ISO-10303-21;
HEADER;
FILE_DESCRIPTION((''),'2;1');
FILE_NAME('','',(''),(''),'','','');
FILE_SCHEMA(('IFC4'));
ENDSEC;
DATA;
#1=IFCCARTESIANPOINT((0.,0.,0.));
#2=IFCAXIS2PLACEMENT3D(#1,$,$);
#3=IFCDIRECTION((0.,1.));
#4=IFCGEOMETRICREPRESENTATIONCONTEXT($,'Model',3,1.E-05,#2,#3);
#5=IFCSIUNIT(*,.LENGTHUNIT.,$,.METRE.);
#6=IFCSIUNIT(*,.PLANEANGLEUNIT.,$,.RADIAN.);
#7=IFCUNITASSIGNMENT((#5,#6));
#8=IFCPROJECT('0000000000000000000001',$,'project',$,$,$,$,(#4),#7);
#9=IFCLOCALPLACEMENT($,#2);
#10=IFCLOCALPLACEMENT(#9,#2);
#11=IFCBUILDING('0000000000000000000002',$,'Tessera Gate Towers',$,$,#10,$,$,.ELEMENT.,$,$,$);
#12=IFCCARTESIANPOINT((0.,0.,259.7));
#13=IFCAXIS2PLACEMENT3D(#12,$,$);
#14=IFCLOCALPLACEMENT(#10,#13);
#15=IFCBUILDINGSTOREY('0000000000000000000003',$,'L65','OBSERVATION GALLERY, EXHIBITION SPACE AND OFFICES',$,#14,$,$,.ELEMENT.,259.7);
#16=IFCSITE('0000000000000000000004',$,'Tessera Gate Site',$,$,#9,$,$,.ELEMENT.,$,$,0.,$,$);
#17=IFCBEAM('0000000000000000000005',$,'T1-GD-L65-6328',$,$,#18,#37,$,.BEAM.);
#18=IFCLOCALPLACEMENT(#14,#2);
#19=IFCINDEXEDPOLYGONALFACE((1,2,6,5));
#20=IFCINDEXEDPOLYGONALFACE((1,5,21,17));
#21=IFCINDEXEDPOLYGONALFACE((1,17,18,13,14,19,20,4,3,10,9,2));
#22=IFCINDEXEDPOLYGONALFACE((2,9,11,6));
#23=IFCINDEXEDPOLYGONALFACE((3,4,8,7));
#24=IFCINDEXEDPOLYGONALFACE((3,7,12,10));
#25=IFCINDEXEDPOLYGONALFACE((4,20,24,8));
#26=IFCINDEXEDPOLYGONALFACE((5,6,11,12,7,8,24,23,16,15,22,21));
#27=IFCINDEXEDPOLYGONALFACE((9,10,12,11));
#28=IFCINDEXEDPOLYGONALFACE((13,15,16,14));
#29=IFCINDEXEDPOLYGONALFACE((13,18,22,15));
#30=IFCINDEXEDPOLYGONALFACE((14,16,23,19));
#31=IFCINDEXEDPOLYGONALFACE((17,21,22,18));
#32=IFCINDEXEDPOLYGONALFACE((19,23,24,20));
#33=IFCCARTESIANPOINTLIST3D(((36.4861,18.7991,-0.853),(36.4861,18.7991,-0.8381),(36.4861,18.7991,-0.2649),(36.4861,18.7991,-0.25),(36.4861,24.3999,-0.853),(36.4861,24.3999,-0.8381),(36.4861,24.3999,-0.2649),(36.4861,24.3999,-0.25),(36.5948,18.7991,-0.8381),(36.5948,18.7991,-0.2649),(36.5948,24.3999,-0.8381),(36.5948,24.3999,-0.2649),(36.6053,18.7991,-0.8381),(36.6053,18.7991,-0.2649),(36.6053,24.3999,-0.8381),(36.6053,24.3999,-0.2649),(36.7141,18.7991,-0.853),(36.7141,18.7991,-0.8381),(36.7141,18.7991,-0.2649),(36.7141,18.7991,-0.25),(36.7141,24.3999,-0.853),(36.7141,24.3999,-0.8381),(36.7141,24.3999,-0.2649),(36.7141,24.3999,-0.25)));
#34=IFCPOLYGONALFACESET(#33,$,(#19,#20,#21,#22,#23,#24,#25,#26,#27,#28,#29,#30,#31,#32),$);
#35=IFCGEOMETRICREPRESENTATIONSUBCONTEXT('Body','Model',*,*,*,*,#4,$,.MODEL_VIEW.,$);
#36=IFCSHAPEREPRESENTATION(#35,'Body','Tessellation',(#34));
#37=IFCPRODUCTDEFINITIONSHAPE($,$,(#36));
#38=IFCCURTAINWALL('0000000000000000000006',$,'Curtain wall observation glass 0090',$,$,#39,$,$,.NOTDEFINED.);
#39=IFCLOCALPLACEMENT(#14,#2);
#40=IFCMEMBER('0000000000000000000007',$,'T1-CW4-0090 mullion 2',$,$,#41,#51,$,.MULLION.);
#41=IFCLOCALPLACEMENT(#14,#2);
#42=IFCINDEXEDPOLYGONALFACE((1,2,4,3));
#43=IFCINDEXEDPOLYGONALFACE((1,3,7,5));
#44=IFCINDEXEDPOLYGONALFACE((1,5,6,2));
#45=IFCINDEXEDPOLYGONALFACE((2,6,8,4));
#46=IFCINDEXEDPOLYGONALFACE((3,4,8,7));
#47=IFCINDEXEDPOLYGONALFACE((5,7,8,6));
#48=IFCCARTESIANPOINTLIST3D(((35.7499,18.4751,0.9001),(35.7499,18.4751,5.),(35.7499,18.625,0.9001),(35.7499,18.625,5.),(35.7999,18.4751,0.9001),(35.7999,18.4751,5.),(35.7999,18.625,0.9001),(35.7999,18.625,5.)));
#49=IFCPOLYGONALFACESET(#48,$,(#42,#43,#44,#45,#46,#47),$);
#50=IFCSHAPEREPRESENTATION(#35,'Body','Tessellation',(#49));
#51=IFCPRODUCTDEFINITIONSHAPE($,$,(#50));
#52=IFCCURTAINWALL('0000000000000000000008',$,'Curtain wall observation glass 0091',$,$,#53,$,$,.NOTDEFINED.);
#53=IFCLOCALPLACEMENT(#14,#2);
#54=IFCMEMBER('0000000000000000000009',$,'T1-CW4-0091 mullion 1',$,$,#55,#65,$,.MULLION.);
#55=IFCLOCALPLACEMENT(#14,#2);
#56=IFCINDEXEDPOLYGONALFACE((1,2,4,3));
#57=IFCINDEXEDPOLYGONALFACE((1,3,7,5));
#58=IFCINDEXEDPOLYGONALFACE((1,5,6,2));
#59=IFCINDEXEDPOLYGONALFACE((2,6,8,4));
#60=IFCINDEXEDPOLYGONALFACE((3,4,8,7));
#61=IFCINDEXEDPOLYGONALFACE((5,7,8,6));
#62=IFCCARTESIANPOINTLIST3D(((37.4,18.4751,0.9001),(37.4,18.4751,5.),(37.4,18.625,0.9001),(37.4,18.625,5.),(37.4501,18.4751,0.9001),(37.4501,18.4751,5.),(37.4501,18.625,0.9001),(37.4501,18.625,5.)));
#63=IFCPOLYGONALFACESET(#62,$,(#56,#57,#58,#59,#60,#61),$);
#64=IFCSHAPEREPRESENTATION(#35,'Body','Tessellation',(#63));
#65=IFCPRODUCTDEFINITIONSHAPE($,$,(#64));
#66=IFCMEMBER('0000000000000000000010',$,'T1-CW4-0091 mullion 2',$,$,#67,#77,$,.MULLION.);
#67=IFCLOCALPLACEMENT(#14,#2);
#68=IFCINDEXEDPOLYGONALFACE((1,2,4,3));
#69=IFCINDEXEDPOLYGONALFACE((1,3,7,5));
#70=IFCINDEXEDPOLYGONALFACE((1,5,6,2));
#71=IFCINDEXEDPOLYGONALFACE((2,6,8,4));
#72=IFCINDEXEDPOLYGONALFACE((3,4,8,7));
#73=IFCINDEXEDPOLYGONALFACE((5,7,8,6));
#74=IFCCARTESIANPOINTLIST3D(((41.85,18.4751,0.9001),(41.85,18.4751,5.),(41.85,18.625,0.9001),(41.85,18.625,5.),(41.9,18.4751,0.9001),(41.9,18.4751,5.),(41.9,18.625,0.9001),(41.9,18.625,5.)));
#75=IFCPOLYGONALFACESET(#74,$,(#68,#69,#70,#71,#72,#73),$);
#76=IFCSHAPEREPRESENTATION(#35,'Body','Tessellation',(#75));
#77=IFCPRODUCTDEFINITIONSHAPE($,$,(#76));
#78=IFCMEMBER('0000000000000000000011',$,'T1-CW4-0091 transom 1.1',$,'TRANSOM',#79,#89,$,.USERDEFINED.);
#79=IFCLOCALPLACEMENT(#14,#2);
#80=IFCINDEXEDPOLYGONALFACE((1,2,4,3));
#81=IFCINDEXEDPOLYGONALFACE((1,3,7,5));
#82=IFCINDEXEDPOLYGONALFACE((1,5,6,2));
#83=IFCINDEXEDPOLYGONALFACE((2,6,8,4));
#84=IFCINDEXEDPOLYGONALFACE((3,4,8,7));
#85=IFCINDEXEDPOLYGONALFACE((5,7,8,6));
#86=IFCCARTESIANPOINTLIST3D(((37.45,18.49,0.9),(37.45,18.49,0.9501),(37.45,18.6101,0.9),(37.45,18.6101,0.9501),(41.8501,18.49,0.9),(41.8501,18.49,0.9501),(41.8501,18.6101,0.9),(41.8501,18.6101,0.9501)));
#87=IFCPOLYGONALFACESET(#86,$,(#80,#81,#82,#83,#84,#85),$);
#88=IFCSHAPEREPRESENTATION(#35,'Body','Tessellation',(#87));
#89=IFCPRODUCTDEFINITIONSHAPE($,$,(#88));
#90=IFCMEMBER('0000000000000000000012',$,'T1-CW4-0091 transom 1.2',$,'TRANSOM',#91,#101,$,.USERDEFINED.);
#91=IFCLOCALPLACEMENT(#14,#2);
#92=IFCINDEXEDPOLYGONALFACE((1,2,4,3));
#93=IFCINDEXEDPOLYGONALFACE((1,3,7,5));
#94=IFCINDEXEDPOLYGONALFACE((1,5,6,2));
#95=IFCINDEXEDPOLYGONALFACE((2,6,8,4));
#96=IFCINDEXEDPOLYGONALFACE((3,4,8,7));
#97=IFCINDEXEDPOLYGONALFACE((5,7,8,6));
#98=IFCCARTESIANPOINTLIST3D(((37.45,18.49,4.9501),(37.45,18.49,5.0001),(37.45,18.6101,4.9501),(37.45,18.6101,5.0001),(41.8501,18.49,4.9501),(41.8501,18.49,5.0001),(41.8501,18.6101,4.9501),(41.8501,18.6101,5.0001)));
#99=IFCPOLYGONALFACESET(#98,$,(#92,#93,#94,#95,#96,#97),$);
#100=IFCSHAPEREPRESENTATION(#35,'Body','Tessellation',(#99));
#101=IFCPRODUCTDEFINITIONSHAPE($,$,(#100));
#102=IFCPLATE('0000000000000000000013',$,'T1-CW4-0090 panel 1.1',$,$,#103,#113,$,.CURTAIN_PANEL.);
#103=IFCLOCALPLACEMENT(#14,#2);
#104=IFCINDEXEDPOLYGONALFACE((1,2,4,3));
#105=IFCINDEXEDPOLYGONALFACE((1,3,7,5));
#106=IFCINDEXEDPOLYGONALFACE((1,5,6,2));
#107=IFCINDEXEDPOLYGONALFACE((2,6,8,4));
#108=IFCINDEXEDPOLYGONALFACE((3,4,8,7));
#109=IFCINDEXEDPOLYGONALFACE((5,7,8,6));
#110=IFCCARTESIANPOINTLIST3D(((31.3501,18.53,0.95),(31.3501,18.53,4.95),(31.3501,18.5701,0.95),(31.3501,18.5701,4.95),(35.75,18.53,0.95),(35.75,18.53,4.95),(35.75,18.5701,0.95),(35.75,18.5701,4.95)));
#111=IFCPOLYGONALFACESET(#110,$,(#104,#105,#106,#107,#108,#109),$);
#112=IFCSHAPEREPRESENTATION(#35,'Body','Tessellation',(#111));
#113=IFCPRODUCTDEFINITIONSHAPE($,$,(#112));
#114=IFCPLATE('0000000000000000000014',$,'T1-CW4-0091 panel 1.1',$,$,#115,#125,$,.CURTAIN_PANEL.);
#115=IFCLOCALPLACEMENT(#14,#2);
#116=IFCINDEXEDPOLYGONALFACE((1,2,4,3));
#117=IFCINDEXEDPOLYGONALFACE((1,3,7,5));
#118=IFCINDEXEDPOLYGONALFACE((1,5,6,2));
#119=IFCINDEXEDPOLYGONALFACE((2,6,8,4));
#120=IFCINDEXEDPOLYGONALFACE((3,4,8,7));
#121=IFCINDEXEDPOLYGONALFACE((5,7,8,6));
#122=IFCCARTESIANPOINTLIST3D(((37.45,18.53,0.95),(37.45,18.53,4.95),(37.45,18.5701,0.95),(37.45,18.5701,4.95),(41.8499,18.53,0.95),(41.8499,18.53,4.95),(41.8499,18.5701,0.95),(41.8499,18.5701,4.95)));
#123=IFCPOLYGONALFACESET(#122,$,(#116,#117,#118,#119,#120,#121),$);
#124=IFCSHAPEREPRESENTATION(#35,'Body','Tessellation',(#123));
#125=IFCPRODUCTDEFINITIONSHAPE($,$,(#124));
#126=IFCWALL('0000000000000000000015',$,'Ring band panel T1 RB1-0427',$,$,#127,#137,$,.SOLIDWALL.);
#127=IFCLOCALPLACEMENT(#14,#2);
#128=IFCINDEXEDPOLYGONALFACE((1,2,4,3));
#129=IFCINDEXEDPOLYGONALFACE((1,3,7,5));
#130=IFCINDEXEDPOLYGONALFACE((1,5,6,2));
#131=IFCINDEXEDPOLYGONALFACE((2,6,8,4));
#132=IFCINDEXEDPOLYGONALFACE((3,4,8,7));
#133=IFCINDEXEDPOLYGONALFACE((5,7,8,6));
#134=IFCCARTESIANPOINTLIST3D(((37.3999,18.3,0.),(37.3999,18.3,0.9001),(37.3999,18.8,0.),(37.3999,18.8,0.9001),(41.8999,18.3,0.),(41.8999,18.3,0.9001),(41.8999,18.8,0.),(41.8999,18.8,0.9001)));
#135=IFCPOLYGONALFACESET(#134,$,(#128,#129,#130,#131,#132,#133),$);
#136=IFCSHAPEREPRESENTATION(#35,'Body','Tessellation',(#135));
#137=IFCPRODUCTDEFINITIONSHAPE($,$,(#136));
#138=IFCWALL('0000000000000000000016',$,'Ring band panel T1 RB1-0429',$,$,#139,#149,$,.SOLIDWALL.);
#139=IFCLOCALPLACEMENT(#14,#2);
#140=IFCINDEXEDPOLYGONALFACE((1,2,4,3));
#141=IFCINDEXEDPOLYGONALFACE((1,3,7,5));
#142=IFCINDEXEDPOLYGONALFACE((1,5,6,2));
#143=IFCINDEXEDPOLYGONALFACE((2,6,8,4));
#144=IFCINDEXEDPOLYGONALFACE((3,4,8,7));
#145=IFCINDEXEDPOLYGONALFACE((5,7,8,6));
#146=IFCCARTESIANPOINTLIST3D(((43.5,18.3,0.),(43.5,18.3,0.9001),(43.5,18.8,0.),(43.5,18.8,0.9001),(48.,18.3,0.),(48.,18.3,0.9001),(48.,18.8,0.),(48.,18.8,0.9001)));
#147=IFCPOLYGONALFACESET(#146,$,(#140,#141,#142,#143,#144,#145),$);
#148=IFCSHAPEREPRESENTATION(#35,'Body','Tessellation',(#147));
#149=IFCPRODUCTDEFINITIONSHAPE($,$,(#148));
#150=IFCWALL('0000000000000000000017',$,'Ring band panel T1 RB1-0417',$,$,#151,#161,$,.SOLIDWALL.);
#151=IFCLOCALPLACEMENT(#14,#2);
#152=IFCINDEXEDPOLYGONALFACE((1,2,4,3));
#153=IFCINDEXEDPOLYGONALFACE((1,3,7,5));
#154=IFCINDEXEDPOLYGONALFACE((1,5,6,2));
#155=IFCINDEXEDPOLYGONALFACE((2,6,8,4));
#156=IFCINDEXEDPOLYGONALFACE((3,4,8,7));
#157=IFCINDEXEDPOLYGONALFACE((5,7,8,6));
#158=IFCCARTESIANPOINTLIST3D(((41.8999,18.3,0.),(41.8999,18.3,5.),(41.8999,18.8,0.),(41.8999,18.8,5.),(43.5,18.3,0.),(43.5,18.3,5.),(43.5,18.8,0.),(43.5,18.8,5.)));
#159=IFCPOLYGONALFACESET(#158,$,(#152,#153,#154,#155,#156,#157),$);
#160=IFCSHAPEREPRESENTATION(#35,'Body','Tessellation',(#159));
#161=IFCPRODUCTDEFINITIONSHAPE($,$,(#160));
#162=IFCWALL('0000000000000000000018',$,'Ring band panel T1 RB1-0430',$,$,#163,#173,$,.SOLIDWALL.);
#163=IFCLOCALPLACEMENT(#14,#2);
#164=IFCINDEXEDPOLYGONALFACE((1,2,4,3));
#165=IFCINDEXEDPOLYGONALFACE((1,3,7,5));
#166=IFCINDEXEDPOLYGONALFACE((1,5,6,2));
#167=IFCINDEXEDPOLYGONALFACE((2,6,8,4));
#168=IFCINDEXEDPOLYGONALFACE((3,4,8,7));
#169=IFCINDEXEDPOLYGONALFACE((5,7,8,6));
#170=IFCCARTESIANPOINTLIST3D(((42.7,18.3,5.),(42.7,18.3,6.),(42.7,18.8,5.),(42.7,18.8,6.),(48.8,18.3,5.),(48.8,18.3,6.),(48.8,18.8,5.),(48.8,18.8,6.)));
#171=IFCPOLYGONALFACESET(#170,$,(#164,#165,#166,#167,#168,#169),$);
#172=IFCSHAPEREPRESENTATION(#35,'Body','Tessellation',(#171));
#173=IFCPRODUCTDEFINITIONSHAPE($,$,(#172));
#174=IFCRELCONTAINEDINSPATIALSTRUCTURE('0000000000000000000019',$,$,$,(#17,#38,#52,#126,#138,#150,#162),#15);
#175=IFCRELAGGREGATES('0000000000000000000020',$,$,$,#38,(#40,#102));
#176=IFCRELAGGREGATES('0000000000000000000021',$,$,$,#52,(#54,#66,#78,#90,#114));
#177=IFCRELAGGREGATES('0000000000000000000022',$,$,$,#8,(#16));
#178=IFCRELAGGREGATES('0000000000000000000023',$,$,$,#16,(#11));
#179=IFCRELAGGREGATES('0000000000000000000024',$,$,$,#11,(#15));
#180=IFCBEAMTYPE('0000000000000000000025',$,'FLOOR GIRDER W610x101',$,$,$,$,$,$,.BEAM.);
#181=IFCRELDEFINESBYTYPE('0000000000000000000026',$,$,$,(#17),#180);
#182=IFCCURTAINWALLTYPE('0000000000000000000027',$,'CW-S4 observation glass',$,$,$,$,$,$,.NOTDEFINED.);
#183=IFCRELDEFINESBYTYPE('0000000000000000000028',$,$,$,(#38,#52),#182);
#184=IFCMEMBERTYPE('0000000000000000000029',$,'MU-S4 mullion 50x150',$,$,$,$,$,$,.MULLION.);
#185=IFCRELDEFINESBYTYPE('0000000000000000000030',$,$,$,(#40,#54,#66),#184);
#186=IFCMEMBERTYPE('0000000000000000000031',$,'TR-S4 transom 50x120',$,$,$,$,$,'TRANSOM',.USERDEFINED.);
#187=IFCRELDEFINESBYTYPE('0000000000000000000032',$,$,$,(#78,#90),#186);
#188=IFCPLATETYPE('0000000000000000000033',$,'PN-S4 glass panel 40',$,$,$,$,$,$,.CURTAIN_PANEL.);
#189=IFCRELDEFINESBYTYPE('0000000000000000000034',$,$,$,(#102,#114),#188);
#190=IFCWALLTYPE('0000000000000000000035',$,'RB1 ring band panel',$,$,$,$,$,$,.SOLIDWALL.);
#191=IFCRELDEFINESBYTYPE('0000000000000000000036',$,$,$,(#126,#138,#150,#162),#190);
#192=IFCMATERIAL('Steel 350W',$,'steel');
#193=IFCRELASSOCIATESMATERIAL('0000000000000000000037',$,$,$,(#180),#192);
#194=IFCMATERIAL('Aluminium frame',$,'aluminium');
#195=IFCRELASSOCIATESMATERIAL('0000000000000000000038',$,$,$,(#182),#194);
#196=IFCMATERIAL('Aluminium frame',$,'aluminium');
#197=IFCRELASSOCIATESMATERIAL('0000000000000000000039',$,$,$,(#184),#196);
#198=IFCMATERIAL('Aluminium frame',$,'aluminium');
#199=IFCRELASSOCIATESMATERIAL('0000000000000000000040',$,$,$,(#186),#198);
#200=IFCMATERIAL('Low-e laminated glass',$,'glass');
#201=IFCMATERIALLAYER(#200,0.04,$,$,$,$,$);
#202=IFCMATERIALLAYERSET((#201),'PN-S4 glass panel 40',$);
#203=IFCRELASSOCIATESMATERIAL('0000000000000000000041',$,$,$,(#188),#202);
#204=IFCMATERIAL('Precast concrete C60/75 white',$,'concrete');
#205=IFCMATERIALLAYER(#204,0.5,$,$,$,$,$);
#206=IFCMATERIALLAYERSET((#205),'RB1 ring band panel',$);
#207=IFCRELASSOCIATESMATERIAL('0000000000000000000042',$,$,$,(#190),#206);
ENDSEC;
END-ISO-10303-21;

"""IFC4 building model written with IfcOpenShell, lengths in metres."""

from ifc_helpers import new_model, si_unit, direction, frame, origin, origin_2d, place, context, subcontext, project, spatial, polyline, rectangle, i_section, outline, extrude, source, transform, mapped, material, layer, layer_set, material_profile, profile_set, type_object, element, aggregate, save


model = new_model("IFC4")

# Units and contexts
model_context = context("Model", 3, precision=1e-05, world=origin(), true_north=direction((0.0, 1.0)))
body_context = subcontext(model_context, "Body", "Model", "MODEL_VIEW")
ifc_project = project(units=[si_unit("LENGTHUNIT", "METRE"), si_unit("PLANEANGLEUNIT", "RADIAN")], contexts=[model_context])

# Site, building, storey
site_placement = place(None, origin())
site = spatial("IfcSite", under=ifc_project, at=site_placement, Name="Tessera Gate Site", CompositionType="ELEMENT", RefElevation=0.0)
building_placement = place(site_placement, origin())
building = spatial("IfcBuilding", under=site, at=building_placement, Name="Tessera Gate Towers", CompositionType="ELEMENT")
storey_placement = place(building_placement, frame((0.0, 0.0, 259.7)))
storey = spatial("IfcBuildingStorey", under=building, at=storey_placement, Name="L65", Description="OBSERVATION GALLERY, EXHIBITION SPACE AND OFFICES", CompositionType="ELEMENT", Elevation=259.7)

# Beam
ifc_material_1 = material(Name="Steel 350W", Category="steel")
ifc_material_profile_1 = material_profile(ifc_material_1, i_section(OverallWidth=0.228, OverallDepth=0.603, WebThickness=0.0105, FlangeThickness=0.0149, at=origin_2d()), Name="W610x101")
ifc_profile_set_1 = profile_set([ifc_material_profile_1], Name="Steel 350W")
beam_type = type_object("IfcBeamType", Name="FLOOR GIRDER W610x101", PredefinedType="BEAM", material=ifc_profile_set_1)
beam_placement = place(storey_placement, frame((36.6001, 18.7991, -0.5515), z_axis=(0.0, 1.0, 0.0), x_axis=(-1.0, 0.0, 0.0)))
element("IfcBeam", 1, at=beam_placement, inside=storey, type_object=beam_type, Name="T1-GD-L65-6328", PredefinedType="BEAM", context=body_context, shape_type="SweptSolid", body=[
    extrude(i_section(OverallWidth=0.228, OverallDepth=0.603, WebThickness=0.0105, FlangeThickness=0.0149, at=origin_2d()), origin(), (0.0, 0.0, 1.0), 5.6008),
])

# Curtain wall, member
ifc_material_2 = material(Name="Aluminium frame", Category="aluminium")
curtain_wall_type = type_object("IfcCurtainWallType", Name="CW-S4 observation glass", PredefinedType="NOTDEFINED", material=ifc_material_2)
curtain_wall_1_placement = place(storey_placement, origin())
curtain_wall_1 = element("IfcCurtainWall", 2, at=curtain_wall_1_placement, inside=storey, type_object=curtain_wall_type, Name="Curtain wall observation glass 0090", PredefinedType="NOTDEFINED")
ifc_material_3 = material(Name="Aluminium frame", Category="aluminium")
ifc_material_profile_2 = material_profile(ifc_material_3, rectangle(XDim=0.05, YDim=0.1499, at=origin_2d()), Name="AL 50x150")
ifc_profile_set_2 = profile_set([ifc_material_profile_2], Name="Aluminium frame")
member_type_1 = type_object("IfcMemberType", Name="MU-S4 mullion 50x150", PredefinedType="MULLION", material=ifc_profile_set_2)
member_1_placement = place(storey_placement, frame((35.7749, 18.55, 0.9001), z_axis=(0.0, 0.0, 1.0), x_axis=(1.0, 0.0, 0.0)))
member_1 = element("IfcMember", 3, at=member_1_placement, type_object=member_type_1, Name="T1-CW4-0090 mullion 2", PredefinedType="MULLION", context=body_context, shape_type="SweptSolid", body=[
    extrude(rectangle(XDim=0.05, YDim=0.1499, at=origin_2d()), origin(), (0.0, 0.0, 1.0), 4.0999),
])

# Curtain wall, members
curtain_wall_2_placement = place(storey_placement, origin())
curtain_wall_2 = element("IfcCurtainWall", 4, at=curtain_wall_2_placement, inside=storey, type_object=curtain_wall_type, Name="Curtain wall observation glass 0091", PredefinedType="NOTDEFINED")
member_2_placement = place(storey_placement, frame((37.425, 18.55, 0.9001), z_axis=(0.0, 0.0, 1.0), x_axis=(1.0, 0.0, 0.0)))
member_2 = element("IfcMember", 5, at=member_2_placement, type_object=member_type_1, Name="T1-CW4-0091 mullion 1", PredefinedType="MULLION", context=body_context, shape_type="SweptSolid", body=[
    extrude(rectangle(XDim=0.05, YDim=0.1499, at=origin_2d()), origin(), (0.0, 0.0, 1.0), 4.0999),
])
member_3_placement = place(storey_placement, frame((41.875, 18.55, 0.9001), z_axis=(0.0, 0.0, 1.0), x_axis=(1.0, 0.0, 0.0)))
member_3 = element("IfcMember", 6, at=member_3_placement, type_object=member_type_1, Name="T1-CW4-0091 mullion 2", PredefinedType="MULLION", context=body_context, shape_type="SweptSolid", body=[
    extrude(rectangle(XDim=0.05, YDim=0.1499, at=origin_2d()), origin(), (0.0, 0.0, 1.0), 4.0999),
])
ifc_material_4 = material(Name="Aluminium frame", Category="aluminium")
ifc_material_profile_3 = material_profile(ifc_material_4, rectangle(XDim=0.1201, YDim=0.05, at=origin_2d()), Name="AL 50x120")
ifc_profile_set_3 = profile_set([ifc_material_profile_3], Name="Aluminium frame")
member_type_2 = type_object("IfcMemberType", Name="TR-S4 transom 50x120", ElementType="TRANSOM", PredefinedType="USERDEFINED", material=ifc_profile_set_3)
member_4_placement = place(storey_placement, frame((37.45, 18.55, 0.925), z_axis=(1.0, 0.0, 0.0), x_axis=(0.0, 1.0, 0.0)))
member_4 = element("IfcMember", 7, at=member_4_placement, type_object=member_type_2, Name="T1-CW4-0091 transom 1.1", ObjectType="TRANSOM", PredefinedType="USERDEFINED", context=body_context, shape_type="SweptSolid", body=[
    extrude(rectangle(XDim=0.1201, YDim=0.05, at=origin_2d()), origin(), (0.0, 0.0, 1.0), 4.4001),
])
member_5_placement = place(storey_placement, frame((37.45, 18.55, 4.9751), z_axis=(1.0, 0.0, 0.0), x_axis=(0.0, 1.0, 0.0)))
member_5 = element("IfcMember", 8, at=member_5_placement, type_object=member_type_2, Name="T1-CW4-0091 transom 1.2", ObjectType="TRANSOM", PredefinedType="USERDEFINED", context=body_context, shape_type="SweptSolid", body=[
    extrude(rectangle(XDim=0.1201, YDim=0.05, at=origin_2d()), origin(), (0.0, 0.0, 1.0), 4.4001),
])

# Plates
ifc_material_5 = material(Name="Low-e laminated glass", Category="glass")
ifc_layer_1 = layer(ifc_material_5, 0.04)
ifc_layer_set_1 = layer_set([ifc_layer_1], Name="PN-S4 glass panel 40")
plate_type = type_object("IfcPlateType", Name="PN-S4 glass panel 40", PredefinedType="CURTAIN_PANEL", material=ifc_layer_set_1)
plate_1_placement = place(storey_placement, frame((33.55, 18.55, 0.95), z_axis=(0.0, 0.0, 1.0), x_axis=(1.0, 0.0, 0.0)))
plate_1 = element("IfcPlate", 9, at=plate_1_placement, type_object=plate_type, Name="T1-CW4-0090 panel 1.1", PredefinedType="CURTAIN_PANEL", context=body_context, shape_type="SweptSolid", body=[
    extrude(rectangle(XDim=4.3999, YDim=0.04, at=origin_2d()), origin(), (0.0, 0.0, 1.0), 4.0),
])
aggregate(curtain_wall_1, [member_1, plate_1])
plate_2_placement = place(storey_placement, frame((39.6499, 18.55, 0.95), z_axis=(0.0, 0.0, 1.0), x_axis=(1.0, 0.0, 0.0)))
plate_2 = element("IfcPlate", 10, at=plate_2_placement, type_object=plate_type, Name="T1-CW4-0091 panel 1.1", PredefinedType="CURTAIN_PANEL", context=body_context, shape_type="SweptSolid", body=[
    extrude(rectangle(XDim=4.3999, YDim=0.04, at=origin_2d()), origin(), (0.0, 0.0, 1.0), 4.0),
])
aggregate(curtain_wall_2, [member_2, member_3, member_4, member_5, plate_2])

# Walls
ifc_material_6 = material(Name="Precast concrete C60/75 white", Category="concrete")
ifc_layer_2 = layer(ifc_material_6, 0.5)
ifc_layer_set_2 = layer_set([ifc_layer_2], Name="RB1 ring band panel")
wall_type = type_object("IfcWallType", Name="RB1 ring band panel", PredefinedType="SOLIDWALL", material=ifc_layer_set_2)
shared_shape_1 = source(origin(), body_context, "Body", "SweptSolid", [
    extrude(outline(polyline([(0.0, 0.0), (4.5, 0.0), (4.5, 0.9001), (0.0, 0.9001), (0.0, 0.0)])), frame((0.0, 0.25, 0.0), z_axis=(0.0, -1.0, 0.0), x_axis=(1.0, 0.0, 0.0)), (0.0, 0.0, 1.0), 0.5),
])
for number, where, z_axis, x_axis, name in (
    (11, (37.3999, 18.55, 0.0), (0.0, 0.0, 1.0), (1.0, 0.0, 0.0), "Ring band panel T1 RB1-0427"),
    (12, (43.5, 18.55, 0.0), (0.0, 0.0, 1.0), (1.0, 0.0, 0.0), "Ring band panel T1 RB1-0429"),
):
    element("IfcWall", number, at=place(storey_placement, frame(where, z_axis=z_axis, x_axis=x_axis)), inside=storey, type_object=wall_type, Name=name, PredefinedType="SOLIDWALL", context=body_context, shape_type="MappedRepresentation", body=[
        mapped(shared_shape_1, transform((0.0, 0.0, 0.0), scale=1.0)),
    ])
shared_shape_2 = source(origin(), body_context, "Body", "SweptSolid", [
    extrude(outline(polyline([(0.0, 0.0), (1.6001, 0.0), (1.6001, 5.0), (0.0, 5.0), (0.0, 0.0)])), frame((0.0, 0.25, 0.0), z_axis=(0.0, -1.0, 0.0), x_axis=(1.0, 0.0, 0.0)), (0.0, 0.0, 1.0), 0.5),
])
wall_1_placement = place(storey_placement, frame((41.8999, 18.55, 0.0), z_axis=(0.0, 0.0, 1.0), x_axis=(1.0, 0.0, 0.0)))
element("IfcWall", 13, at=wall_1_placement, inside=storey, type_object=wall_type, Name="Ring band panel T1 RB1-0417", PredefinedType="SOLIDWALL", context=body_context, shape_type="MappedRepresentation", body=[
    mapped(shared_shape_2, transform((0.0, 0.0, 0.0), scale=1.0)),
])
shared_shape_3 = source(origin(), body_context, "Body", "SweptSolid", [
    extrude(outline(polyline([(0.0, 0.0), (6.1001, 0.0), (6.1001, 1.0), (0.0, 1.0), (0.0, 0.0)])), frame((0.0, 0.25, 0.0), z_axis=(0.0, -1.0, 0.0), x_axis=(1.0, 0.0, 0.0)), (0.0, 0.0, 1.0), 0.5),
])
wall_2_placement = place(storey_placement, frame((42.7, 18.55, 5.0), z_axis=(0.0, 0.0, 1.0), x_axis=(1.0, 0.0, 0.0)))
element("IfcWall", 14, at=wall_2_placement, inside=storey, type_object=wall_type, Name="Ring band panel T1 RB1-0430", PredefinedType="SOLIDWALL", context=body_context, shape_type="MappedRepresentation", body=[
    mapped(shared_shape_3, transform((0.0, 0.0, 0.0), scale=1.0)),
])

save(model, "model.ifc")
